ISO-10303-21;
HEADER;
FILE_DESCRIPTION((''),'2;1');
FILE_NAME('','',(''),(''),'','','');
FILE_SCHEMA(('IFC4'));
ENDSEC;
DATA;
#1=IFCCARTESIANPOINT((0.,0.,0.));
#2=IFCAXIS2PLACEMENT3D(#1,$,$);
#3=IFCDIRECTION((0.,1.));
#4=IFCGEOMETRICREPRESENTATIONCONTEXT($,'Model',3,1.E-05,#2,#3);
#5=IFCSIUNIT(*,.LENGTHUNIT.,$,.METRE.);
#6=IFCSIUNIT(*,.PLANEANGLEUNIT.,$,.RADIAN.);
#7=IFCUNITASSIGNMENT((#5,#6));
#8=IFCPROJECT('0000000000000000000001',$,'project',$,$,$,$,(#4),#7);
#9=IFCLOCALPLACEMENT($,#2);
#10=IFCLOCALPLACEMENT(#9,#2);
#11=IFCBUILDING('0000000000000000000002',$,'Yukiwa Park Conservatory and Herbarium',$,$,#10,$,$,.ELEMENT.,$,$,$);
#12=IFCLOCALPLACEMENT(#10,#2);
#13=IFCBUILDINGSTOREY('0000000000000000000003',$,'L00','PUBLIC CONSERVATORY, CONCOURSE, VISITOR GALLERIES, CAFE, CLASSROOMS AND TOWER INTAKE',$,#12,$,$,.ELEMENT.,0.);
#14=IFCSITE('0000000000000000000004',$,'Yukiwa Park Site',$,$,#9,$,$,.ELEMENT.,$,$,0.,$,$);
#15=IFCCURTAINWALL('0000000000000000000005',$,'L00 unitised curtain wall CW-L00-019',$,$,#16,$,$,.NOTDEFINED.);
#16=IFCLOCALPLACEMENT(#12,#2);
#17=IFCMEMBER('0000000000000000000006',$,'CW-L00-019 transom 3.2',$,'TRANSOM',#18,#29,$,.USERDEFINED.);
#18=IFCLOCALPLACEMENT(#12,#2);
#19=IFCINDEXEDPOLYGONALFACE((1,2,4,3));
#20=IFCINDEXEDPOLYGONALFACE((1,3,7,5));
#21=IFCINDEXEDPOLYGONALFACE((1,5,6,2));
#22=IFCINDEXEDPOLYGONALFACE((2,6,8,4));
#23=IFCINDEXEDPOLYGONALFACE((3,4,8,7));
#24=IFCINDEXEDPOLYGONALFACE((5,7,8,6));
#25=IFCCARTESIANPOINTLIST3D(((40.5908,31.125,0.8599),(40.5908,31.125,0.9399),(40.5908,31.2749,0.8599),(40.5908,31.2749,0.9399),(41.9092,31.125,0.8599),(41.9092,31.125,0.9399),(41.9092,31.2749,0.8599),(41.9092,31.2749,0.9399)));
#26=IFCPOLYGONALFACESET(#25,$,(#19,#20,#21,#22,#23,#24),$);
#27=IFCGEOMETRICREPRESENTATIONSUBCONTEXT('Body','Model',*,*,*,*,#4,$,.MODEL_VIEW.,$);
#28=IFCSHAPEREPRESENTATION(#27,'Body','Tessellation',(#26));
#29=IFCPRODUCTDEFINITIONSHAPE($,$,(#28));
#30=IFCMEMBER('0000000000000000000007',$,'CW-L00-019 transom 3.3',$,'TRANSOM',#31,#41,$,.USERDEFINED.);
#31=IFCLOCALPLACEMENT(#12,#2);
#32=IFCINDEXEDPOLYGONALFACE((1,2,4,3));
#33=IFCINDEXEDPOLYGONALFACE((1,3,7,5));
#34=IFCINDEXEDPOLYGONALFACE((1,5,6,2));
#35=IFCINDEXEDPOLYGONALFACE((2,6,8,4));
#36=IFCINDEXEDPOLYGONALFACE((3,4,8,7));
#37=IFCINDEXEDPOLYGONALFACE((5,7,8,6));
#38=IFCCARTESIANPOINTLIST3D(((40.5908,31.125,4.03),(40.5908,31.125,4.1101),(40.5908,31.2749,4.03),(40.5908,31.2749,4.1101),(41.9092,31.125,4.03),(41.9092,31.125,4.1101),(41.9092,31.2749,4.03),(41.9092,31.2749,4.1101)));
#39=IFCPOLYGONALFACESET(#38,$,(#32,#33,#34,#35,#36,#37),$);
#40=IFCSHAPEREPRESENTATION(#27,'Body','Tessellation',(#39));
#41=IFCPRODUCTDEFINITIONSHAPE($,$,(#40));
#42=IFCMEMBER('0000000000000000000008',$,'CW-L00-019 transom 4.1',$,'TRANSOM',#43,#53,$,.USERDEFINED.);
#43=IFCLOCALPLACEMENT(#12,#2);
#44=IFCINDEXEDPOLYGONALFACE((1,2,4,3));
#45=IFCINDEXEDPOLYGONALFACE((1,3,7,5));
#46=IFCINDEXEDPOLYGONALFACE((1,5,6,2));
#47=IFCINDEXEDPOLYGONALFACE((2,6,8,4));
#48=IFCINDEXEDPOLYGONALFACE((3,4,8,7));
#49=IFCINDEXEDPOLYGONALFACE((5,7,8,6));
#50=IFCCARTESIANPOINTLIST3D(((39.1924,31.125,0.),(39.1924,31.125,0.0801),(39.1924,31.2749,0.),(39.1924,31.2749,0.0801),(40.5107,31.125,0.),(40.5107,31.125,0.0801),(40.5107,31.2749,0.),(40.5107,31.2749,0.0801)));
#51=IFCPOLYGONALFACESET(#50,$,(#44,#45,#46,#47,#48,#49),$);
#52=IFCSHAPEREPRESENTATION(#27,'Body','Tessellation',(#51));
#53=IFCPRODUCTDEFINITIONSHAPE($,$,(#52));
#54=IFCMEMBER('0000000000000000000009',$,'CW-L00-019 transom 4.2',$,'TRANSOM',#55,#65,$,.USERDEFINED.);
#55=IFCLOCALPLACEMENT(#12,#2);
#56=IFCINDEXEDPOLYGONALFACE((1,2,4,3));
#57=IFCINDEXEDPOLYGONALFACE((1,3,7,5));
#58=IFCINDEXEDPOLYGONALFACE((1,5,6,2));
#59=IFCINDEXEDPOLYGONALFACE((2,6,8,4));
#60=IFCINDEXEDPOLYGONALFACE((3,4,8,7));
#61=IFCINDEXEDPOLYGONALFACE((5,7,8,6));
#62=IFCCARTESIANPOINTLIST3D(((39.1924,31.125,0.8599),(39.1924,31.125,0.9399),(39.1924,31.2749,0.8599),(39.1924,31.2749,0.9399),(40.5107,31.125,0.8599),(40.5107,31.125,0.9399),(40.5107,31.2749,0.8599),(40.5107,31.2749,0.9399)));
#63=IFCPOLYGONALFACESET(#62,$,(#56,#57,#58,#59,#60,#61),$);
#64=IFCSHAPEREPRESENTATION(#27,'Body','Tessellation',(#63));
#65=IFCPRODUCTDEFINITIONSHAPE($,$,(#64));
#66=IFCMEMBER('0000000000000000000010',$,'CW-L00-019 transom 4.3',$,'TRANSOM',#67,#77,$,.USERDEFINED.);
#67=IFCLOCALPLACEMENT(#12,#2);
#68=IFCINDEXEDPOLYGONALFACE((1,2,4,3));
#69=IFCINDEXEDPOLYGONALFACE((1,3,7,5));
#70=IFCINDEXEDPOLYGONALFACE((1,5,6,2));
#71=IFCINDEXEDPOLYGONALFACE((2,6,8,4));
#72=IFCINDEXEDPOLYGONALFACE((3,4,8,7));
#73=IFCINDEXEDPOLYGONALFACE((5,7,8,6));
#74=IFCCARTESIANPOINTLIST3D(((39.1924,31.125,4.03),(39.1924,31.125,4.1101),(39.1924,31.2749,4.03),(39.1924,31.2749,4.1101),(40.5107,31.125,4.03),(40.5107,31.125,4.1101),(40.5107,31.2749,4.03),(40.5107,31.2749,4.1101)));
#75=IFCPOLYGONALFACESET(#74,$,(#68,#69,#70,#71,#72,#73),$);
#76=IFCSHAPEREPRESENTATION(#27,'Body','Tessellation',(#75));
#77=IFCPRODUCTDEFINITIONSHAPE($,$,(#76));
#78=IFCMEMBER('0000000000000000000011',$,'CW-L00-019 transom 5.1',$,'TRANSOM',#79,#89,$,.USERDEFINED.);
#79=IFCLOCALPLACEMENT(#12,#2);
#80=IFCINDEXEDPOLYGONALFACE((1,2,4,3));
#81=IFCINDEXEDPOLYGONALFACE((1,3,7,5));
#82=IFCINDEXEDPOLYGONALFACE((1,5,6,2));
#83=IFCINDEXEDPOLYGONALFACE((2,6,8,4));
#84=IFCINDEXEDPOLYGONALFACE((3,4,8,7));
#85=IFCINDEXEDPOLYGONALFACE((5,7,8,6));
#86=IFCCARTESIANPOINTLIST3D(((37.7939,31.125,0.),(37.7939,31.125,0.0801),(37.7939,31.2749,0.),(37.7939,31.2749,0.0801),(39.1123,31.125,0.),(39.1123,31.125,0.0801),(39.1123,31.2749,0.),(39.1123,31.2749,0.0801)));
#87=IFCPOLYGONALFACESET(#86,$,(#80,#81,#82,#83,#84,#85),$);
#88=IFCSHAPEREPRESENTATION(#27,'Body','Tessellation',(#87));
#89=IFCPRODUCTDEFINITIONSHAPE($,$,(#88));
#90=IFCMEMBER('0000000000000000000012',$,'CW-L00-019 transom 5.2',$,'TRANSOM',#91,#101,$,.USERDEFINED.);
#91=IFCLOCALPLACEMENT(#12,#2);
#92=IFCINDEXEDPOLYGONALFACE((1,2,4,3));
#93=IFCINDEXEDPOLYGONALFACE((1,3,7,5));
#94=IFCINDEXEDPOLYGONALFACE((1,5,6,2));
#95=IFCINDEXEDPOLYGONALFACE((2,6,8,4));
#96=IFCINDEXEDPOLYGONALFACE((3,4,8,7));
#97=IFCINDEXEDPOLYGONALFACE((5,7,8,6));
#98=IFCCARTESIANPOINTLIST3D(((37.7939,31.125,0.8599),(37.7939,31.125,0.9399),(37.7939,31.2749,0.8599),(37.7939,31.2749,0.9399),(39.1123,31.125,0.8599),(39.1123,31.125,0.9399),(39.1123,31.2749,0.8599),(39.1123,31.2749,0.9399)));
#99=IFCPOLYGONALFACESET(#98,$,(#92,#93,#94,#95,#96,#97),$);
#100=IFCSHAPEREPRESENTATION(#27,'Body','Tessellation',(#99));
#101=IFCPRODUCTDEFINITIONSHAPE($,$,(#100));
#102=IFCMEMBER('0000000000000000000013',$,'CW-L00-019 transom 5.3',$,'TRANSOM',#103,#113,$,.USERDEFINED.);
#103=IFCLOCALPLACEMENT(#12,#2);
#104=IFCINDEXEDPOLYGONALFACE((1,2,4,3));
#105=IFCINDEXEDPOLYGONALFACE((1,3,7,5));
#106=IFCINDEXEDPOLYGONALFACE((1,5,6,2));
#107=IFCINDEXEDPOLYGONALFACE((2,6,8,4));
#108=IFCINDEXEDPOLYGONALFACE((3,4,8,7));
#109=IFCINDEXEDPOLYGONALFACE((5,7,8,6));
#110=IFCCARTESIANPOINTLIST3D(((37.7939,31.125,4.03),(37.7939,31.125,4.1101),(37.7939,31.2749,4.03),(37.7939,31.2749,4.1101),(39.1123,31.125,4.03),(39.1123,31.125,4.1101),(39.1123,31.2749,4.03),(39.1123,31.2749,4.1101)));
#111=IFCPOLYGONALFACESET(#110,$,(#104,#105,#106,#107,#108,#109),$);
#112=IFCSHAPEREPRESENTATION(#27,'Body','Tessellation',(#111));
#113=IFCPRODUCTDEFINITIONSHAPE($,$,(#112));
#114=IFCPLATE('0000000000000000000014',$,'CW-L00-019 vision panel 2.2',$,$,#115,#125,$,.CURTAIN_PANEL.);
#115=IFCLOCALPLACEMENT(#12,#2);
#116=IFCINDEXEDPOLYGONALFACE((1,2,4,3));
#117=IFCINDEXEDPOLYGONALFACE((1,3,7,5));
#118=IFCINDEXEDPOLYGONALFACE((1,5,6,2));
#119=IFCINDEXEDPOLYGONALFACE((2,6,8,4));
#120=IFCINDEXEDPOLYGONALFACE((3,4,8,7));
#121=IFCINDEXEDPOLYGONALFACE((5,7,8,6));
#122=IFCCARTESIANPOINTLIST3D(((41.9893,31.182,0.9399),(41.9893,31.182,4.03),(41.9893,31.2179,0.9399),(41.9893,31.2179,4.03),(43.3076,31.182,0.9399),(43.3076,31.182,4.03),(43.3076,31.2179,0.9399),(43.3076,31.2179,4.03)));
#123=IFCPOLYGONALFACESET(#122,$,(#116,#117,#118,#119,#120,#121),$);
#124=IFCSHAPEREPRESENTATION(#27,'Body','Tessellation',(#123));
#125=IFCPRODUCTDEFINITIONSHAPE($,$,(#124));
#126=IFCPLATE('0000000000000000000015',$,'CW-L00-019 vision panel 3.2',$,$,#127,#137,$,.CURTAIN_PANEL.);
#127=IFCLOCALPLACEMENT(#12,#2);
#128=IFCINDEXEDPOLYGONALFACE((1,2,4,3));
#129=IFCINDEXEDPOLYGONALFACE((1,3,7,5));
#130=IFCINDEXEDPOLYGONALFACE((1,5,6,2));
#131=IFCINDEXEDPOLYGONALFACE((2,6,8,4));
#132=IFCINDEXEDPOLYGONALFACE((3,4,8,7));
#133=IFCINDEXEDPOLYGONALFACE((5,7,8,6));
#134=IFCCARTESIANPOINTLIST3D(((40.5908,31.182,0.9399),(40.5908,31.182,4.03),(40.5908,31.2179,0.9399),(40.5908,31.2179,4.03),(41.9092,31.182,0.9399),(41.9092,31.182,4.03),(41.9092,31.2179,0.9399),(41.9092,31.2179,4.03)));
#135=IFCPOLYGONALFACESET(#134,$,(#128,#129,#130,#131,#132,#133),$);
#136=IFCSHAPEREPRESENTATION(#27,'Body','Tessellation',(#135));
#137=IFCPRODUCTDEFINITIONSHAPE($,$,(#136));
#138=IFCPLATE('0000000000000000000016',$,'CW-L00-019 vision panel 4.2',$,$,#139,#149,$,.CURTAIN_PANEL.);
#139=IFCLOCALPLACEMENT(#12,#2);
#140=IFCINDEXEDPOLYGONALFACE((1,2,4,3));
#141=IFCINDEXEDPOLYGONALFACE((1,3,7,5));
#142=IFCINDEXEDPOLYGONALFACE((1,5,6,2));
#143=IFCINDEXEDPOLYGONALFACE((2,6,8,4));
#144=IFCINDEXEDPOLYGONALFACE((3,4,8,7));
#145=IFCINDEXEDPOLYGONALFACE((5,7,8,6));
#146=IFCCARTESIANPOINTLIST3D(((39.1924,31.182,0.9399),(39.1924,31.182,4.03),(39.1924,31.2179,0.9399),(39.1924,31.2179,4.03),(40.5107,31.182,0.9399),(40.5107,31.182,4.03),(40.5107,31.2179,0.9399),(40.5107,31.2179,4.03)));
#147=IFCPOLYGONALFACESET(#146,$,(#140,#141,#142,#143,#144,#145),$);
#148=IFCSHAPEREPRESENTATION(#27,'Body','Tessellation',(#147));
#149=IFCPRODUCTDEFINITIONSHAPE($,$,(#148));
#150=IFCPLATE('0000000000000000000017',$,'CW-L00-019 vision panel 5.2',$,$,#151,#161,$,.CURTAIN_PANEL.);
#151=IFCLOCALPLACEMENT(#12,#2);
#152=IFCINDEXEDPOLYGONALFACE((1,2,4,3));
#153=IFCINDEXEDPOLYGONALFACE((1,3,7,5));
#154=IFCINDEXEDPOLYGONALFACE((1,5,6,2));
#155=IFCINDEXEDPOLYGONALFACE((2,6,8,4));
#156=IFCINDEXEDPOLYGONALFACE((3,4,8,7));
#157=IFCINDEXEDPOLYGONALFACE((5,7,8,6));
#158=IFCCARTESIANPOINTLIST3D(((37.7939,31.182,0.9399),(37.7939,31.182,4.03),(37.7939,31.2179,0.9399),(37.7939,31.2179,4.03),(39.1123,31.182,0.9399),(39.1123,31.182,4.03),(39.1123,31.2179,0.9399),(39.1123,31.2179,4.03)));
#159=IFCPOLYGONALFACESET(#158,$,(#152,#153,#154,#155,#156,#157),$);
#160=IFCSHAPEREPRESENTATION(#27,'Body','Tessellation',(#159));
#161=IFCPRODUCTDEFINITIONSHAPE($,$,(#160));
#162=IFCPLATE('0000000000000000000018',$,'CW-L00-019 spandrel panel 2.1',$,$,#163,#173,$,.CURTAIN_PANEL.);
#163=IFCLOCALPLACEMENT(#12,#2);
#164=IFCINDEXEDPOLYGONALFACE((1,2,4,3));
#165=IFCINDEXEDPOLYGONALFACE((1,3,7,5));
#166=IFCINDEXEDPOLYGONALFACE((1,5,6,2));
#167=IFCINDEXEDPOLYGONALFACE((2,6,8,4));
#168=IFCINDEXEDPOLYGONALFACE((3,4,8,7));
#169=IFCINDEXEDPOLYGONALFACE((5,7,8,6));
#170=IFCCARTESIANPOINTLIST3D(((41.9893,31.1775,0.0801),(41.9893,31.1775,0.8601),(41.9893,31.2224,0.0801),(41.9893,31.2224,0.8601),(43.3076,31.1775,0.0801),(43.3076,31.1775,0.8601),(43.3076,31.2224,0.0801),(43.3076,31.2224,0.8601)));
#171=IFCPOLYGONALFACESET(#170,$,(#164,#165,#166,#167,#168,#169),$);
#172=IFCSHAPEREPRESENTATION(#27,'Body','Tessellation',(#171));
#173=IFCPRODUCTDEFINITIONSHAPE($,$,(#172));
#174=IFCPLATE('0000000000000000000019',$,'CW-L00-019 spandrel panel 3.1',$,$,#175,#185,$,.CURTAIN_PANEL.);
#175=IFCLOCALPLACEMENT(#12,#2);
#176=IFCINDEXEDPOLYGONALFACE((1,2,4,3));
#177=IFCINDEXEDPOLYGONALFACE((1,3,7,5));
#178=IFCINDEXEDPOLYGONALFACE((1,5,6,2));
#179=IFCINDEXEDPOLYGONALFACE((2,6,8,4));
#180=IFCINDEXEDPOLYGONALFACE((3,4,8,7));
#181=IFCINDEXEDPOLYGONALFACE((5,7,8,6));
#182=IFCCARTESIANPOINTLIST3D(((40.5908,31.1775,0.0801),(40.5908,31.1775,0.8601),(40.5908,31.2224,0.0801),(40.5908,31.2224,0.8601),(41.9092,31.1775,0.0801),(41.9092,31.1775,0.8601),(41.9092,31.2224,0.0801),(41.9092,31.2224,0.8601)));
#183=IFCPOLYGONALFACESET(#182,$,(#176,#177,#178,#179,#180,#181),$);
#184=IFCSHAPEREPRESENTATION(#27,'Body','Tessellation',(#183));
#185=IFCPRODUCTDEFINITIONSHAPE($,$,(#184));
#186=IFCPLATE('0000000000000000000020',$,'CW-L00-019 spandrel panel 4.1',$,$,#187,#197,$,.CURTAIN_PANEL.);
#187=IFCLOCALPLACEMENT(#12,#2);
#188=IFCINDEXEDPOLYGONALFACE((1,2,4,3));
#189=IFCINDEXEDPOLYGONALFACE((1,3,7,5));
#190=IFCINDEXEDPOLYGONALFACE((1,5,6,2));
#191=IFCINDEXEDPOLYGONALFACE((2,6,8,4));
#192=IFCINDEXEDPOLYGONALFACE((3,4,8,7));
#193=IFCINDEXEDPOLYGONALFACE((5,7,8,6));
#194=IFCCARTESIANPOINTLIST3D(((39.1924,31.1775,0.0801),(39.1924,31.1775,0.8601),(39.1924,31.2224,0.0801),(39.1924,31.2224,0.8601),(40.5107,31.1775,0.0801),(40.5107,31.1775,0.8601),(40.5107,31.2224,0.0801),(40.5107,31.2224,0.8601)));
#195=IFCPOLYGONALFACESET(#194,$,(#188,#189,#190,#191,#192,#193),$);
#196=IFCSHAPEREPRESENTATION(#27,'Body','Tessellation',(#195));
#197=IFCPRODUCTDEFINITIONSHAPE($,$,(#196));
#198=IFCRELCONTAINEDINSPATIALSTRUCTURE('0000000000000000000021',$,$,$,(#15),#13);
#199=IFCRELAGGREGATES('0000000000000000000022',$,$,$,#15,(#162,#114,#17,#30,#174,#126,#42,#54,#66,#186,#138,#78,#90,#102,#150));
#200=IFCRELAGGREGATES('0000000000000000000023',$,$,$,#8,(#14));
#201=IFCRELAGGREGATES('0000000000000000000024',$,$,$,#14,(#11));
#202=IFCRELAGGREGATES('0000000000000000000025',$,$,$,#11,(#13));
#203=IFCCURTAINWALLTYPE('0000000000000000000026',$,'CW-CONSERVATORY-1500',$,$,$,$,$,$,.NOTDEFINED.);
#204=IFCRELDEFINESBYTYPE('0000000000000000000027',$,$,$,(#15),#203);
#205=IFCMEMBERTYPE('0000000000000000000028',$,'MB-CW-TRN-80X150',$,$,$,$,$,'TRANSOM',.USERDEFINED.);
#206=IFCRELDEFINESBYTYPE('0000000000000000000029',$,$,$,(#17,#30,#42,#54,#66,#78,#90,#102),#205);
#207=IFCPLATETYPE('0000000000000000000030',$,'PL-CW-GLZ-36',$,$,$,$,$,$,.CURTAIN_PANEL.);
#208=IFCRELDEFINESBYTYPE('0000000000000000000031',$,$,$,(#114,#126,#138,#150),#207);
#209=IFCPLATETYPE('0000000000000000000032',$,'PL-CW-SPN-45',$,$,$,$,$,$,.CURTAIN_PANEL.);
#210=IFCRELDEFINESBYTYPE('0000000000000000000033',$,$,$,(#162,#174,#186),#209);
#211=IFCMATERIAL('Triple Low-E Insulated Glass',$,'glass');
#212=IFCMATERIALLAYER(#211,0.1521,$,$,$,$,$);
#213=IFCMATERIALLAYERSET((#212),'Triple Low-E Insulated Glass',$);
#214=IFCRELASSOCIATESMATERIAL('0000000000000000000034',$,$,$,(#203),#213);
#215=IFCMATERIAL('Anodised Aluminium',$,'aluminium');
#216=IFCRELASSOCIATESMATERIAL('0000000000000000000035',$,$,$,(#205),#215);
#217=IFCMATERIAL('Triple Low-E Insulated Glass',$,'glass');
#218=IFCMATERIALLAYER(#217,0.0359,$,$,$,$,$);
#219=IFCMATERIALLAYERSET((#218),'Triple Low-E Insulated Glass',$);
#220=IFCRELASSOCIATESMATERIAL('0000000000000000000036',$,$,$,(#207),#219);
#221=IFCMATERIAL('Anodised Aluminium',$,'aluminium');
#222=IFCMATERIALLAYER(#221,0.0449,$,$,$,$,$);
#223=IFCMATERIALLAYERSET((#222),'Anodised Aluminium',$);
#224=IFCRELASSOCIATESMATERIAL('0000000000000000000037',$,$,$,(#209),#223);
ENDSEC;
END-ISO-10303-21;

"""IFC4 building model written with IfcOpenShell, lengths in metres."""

from ifc_helpers import new_model, si_unit, direction, frame, origin, origin_2d, place, context, subcontext, project, spatial, rectangle, extrude, material, layer, layer_set, type_object, element, aggregate, save


model = new_model("IFC4")

# Units and contexts
model_context = context("Model", 3, precision=1e-05, world=origin(), true_north=direction((0.0, 1.0)))
body_context = subcontext(model_context, "Body", "Model", "MODEL_VIEW")
ifc_project = project(units=[si_unit("LENGTHUNIT", "METRE"), si_unit("PLANEANGLEUNIT", "RADIAN")], contexts=[model_context])

# Site, building, storey
site_placement = place(None, origin())
site = spatial("IfcSite", under=ifc_project, at=site_placement, Name="Yukiwa Park Site", CompositionType="ELEMENT", RefElevation=0.0)
building_placement = place(site_placement, origin())
building = spatial("IfcBuilding", under=site, at=building_placement, Name="Yukiwa Park Conservatory and Herbarium", CompositionType="ELEMENT")
storey_placement = place(building_placement, origin())
storey = spatial("IfcBuildingStorey", under=building, at=storey_placement, Name="L00", Description="PUBLIC CONSERVATORY, CONCOURSE, VISITOR GALLERIES, CAFE, CLASSROOMS AND TOWER INTAKE", CompositionType="ELEMENT", Elevation=0.0)

# Curtain wall, members, plates
ifc_material_1 = material(Name="Triple Low-E Insulated Glass", Category="glass")
ifc_layer_1 = layer(ifc_material_1, 0.1521)
ifc_layer_set_1 = layer_set([ifc_layer_1], Name="Triple Low-E Insulated Glass")
curtain_wall_type = type_object("IfcCurtainWallType", Name="CW-CONSERVATORY-1500", PredefinedType="NOTDEFINED", material=ifc_layer_set_1)
curtain_wall_placement = place(storey_placement, origin())
curtain_wall = element("IfcCurtainWall", 1, at=curtain_wall_placement, inside=storey, type_object=curtain_wall_type, Name="L00 unitised curtain wall CW-L00-019", PredefinedType="NOTDEFINED")
ifc_material_2 = material(Name="Anodised Aluminium", Category="aluminium")
member_type_1 = type_object("IfcMemberType", Name="MB-CW-TRN-80X150", ElementType="TRANSOM", PredefinedType="USERDEFINED", material=ifc_material_2)
member_1_placement = place(storey_placement, frame((41.25, 31.2, 0.8599), z_axis=(0.0, 0.0, 1.0), x_axis=(-1.0, 0.0, 0.0)))
member_1 = element("IfcMember", 2, at=member_1_placement, type_object=member_type_1, Name="CW-L00-019 transom 3.2", ObjectType="TRANSOM", PredefinedType="USERDEFINED", context=body_context, shape_type="SweptSolid", body=[
    extrude(rectangle(XDim=1.3184, YDim=0.1499, at=origin_2d()), origin(), (0.0, 0.0, 1.0), 0.0801),
])
member_2_placement = place(storey_placement, frame((41.25, 31.2, 4.03), z_axis=(0.0, 0.0, 1.0), x_axis=(-1.0, 0.0, 0.0)))
member_2 = element("IfcMember", 3, at=member_2_placement, type_object=member_type_1, Name="CW-L00-019 transom 3.3", ObjectType="TRANSOM", PredefinedType="USERDEFINED", context=body_context, shape_type="SweptSolid", body=[
    extrude(rectangle(XDim=1.3184, YDim=0.1499, at=origin_2d()), origin(), (0.0, 0.0, 1.0), 0.0801),
])
member_3_placement = place(storey_placement, frame((39.8516, 31.2, 0.0), z_axis=(0.0, 0.0, 1.0), x_axis=(-1.0, 0.0, 0.0)))
member_3 = element("IfcMember", 4, at=member_3_placement, type_object=member_type_1, Name="CW-L00-019 transom 4.1", ObjectType="TRANSOM", PredefinedType="USERDEFINED", context=body_context, shape_type="SweptSolid", body=[
    extrude(rectangle(XDim=1.3184, YDim=0.1499, at=origin_2d()), origin(), (0.0, 0.0, 1.0), 0.0801),
])
member_4_placement = place(storey_placement, frame((39.8516, 31.2, 0.8599), z_axis=(0.0, 0.0, 1.0), x_axis=(-1.0, 0.0, 0.0)))
member_4 = element("IfcMember", 5, at=member_4_placement, type_object=member_type_1, Name="CW-L00-019 transom 4.2", ObjectType="TRANSOM", PredefinedType="USERDEFINED", context=body_context, shape_type="SweptSolid", body=[
    extrude(rectangle(XDim=1.3184, YDim=0.1499, at=origin_2d()), origin(), (0.0, 0.0, 1.0), 0.0801),
])
member_5_placement = place(storey_placement, frame((39.8516, 31.2, 4.03), z_axis=(0.0, 0.0, 1.0), x_axis=(-1.0, 0.0, 0.0)))
member_5 = element("IfcMember", 6, at=member_5_placement, type_object=member_type_1, Name="CW-L00-019 transom 4.3", ObjectType="TRANSOM", PredefinedType="USERDEFINED", context=body_context, shape_type="SweptSolid", body=[
    extrude(rectangle(XDim=1.3184, YDim=0.1499, at=origin_2d()), origin(), (0.0, 0.0, 1.0), 0.0801),
])
member_6_placement = place(storey_placement, frame((38.4531, 31.2, 0.0), z_axis=(0.0, 0.0, 1.0), x_axis=(-1.0, 0.0, 0.0)))
member_6 = element("IfcMember", 7, at=member_6_placement, type_object=member_type_1, Name="CW-L00-019 transom 5.1", ObjectType="TRANSOM", PredefinedType="USERDEFINED", context=body_context, shape_type="SweptSolid", body=[
    extrude(rectangle(XDim=1.3184, YDim=0.1499, at=origin_2d()), origin(), (0.0, 0.0, 1.0), 0.0801),
])
member_7_placement = place(storey_placement, frame((38.4531, 31.2, 0.8599), z_axis=(0.0, 0.0, 1.0), x_axis=(-1.0, 0.0, 0.0)))
member_7 = element("IfcMember", 8, at=member_7_placement, type_object=member_type_1, Name="CW-L00-019 transom 5.2", ObjectType="TRANSOM", PredefinedType="USERDEFINED", context=body_context, shape_type="SweptSolid", body=[
    extrude(rectangle(XDim=1.3184, YDim=0.1499, at=origin_2d()), origin(), (0.0, 0.0, 1.0), 0.0801),
])
member_8_placement = place(storey_placement, frame((38.4531, 31.2, 4.03), z_axis=(0.0, 0.0, 1.0), x_axis=(-1.0, 0.0, 0.0)))
member_8 = element("IfcMember", 9, at=member_8_placement, type_object=member_type_1, Name="CW-L00-019 transom 5.3", ObjectType="TRANSOM", PredefinedType="USERDEFINED", context=body_context, shape_type="SweptSolid", body=[
    extrude(rectangle(XDim=1.3184, YDim=0.1499, at=origin_2d()), origin(), (0.0, 0.0, 1.0), 0.0801),
])
ifc_material_3 = material(Name="Triple Low-E Insulated Glass", Category="glass")
ifc_layer_2 = layer(ifc_material_3, 0.0359)
ifc_layer_set_2 = layer_set([ifc_layer_2], Name="Triple Low-E Insulated Glass")
plate_type_1 = type_object("IfcPlateType", Name="PL-CW-GLZ-36", PredefinedType="CURTAIN_PANEL", material=ifc_layer_set_2)
plate_1_placement = place(storey_placement, frame((42.6484, 31.2, 0.9399), z_axis=(0.0, 0.0, 1.0), x_axis=(-1.0, 0.0, 0.0)))
plate_1 = element("IfcPlate", 10, at=plate_1_placement, type_object=plate_type_1, Name="CW-L00-019 vision panel 2.2", PredefinedType="CURTAIN_PANEL", context=body_context, shape_type="SweptSolid", body=[
    extrude(rectangle(XDim=1.3184, YDim=0.0359, at=origin_2d()), origin(), (0.0, 0.0, 1.0), 3.0901),
])
plate_2_placement = place(storey_placement, frame((41.25, 31.2, 0.9399), z_axis=(0.0, 0.0, 1.0), x_axis=(-1.0, 0.0, 0.0)))
plate_2 = element("IfcPlate", 11, at=plate_2_placement, type_object=plate_type_1, Name="CW-L00-019 vision panel 3.2", PredefinedType="CURTAIN_PANEL", context=body_context, shape_type="SweptSolid", body=[
    extrude(rectangle(XDim=1.3184, YDim=0.0359, at=origin_2d()), origin(), (0.0, 0.0, 1.0), 3.0901),
])
plate_3_placement = place(storey_placement, frame((39.8516, 31.2, 0.9399), z_axis=(0.0, 0.0, 1.0), x_axis=(-1.0, 0.0, 0.0)))
plate_3 = element("IfcPlate", 12, at=plate_3_placement, type_object=plate_type_1, Name="CW-L00-019 vision panel 4.2", PredefinedType="CURTAIN_PANEL", context=body_context, shape_type="SweptSolid", body=[
    extrude(rectangle(XDim=1.3184, YDim=0.0359, at=origin_2d()), origin(), (0.0, 0.0, 1.0), 3.0901),
])
plate_4_placement = place(storey_placement, frame((38.4531, 31.2, 0.9399), z_axis=(0.0, 0.0, 1.0), x_axis=(-1.0, 0.0, 0.0)))
plate_4 = element("IfcPlate", 13, at=plate_4_placement, type_object=plate_type_1, Name="CW-L00-019 vision panel 5.2", PredefinedType="CURTAIN_PANEL", context=body_context, shape_type="SweptSolid", body=[
    extrude(rectangle(XDim=1.3184, YDim=0.0359, at=origin_2d()), origin(), (0.0, 0.0, 1.0), 3.0901),
])
ifc_material_4 = material(Name="Anodised Aluminium", Category="aluminium")
ifc_layer_3 = layer(ifc_material_4, 0.0449)
ifc_layer_set_3 = layer_set([ifc_layer_3], Name="Anodised Aluminium")
plate_type_2 = type_object("IfcPlateType", Name="PL-CW-SPN-45", PredefinedType="CURTAIN_PANEL", material=ifc_layer_set_3)
plate_5_placement = place(storey_placement, frame((42.6484, 31.2, 0.0801), z_axis=(0.0, 0.0, 1.0), x_axis=(-1.0, 0.0, 0.0)))
plate_5 = element("IfcPlate", 14, at=plate_5_placement, type_object=plate_type_2, Name="CW-L00-019 spandrel panel 2.1", PredefinedType="CURTAIN_PANEL", context=body_context, shape_type="SweptSolid", body=[
    extrude(rectangle(XDim=1.3184, YDim=0.0449, at=origin_2d()), origin(), (0.0, 0.0, 1.0), 0.78),
])
plate_6_placement = place(storey_placement, frame((41.25, 31.2, 0.0801), z_axis=(0.0, 0.0, 1.0), x_axis=(-1.0, 0.0, 0.0)))
plate_6 = element("IfcPlate", 15, at=plate_6_placement, type_object=plate_type_2, Name="CW-L00-019 spandrel panel 3.1", PredefinedType="CURTAIN_PANEL", context=body_context, shape_type="SweptSolid", body=[
    extrude(rectangle(XDim=1.3184, YDim=0.0449, at=origin_2d()), origin(), (0.0, 0.0, 1.0), 0.78),
])
plate_7_placement = place(storey_placement, frame((39.8516, 31.2, 0.0801), z_axis=(0.0, 0.0, 1.0), x_axis=(-1.0, 0.0, 0.0)))
plate_7 = element("IfcPlate", 16, at=plate_7_placement, type_object=plate_type_2, Name="CW-L00-019 spandrel panel 4.1", PredefinedType="CURTAIN_PANEL", context=body_context, shape_type="SweptSolid", body=[
    extrude(rectangle(XDim=1.3184, YDim=0.0449, at=origin_2d()), origin(), (0.0, 0.0, 1.0), 0.78),
])
aggregate(curtain_wall, [plate_5, plate_1, member_1, member_2, plate_6, plate_2, member_3, member_4, member_5, plate_7, plate_3, member_6, member_7, member_8, plate_4])

save(model, "model.ifc")
